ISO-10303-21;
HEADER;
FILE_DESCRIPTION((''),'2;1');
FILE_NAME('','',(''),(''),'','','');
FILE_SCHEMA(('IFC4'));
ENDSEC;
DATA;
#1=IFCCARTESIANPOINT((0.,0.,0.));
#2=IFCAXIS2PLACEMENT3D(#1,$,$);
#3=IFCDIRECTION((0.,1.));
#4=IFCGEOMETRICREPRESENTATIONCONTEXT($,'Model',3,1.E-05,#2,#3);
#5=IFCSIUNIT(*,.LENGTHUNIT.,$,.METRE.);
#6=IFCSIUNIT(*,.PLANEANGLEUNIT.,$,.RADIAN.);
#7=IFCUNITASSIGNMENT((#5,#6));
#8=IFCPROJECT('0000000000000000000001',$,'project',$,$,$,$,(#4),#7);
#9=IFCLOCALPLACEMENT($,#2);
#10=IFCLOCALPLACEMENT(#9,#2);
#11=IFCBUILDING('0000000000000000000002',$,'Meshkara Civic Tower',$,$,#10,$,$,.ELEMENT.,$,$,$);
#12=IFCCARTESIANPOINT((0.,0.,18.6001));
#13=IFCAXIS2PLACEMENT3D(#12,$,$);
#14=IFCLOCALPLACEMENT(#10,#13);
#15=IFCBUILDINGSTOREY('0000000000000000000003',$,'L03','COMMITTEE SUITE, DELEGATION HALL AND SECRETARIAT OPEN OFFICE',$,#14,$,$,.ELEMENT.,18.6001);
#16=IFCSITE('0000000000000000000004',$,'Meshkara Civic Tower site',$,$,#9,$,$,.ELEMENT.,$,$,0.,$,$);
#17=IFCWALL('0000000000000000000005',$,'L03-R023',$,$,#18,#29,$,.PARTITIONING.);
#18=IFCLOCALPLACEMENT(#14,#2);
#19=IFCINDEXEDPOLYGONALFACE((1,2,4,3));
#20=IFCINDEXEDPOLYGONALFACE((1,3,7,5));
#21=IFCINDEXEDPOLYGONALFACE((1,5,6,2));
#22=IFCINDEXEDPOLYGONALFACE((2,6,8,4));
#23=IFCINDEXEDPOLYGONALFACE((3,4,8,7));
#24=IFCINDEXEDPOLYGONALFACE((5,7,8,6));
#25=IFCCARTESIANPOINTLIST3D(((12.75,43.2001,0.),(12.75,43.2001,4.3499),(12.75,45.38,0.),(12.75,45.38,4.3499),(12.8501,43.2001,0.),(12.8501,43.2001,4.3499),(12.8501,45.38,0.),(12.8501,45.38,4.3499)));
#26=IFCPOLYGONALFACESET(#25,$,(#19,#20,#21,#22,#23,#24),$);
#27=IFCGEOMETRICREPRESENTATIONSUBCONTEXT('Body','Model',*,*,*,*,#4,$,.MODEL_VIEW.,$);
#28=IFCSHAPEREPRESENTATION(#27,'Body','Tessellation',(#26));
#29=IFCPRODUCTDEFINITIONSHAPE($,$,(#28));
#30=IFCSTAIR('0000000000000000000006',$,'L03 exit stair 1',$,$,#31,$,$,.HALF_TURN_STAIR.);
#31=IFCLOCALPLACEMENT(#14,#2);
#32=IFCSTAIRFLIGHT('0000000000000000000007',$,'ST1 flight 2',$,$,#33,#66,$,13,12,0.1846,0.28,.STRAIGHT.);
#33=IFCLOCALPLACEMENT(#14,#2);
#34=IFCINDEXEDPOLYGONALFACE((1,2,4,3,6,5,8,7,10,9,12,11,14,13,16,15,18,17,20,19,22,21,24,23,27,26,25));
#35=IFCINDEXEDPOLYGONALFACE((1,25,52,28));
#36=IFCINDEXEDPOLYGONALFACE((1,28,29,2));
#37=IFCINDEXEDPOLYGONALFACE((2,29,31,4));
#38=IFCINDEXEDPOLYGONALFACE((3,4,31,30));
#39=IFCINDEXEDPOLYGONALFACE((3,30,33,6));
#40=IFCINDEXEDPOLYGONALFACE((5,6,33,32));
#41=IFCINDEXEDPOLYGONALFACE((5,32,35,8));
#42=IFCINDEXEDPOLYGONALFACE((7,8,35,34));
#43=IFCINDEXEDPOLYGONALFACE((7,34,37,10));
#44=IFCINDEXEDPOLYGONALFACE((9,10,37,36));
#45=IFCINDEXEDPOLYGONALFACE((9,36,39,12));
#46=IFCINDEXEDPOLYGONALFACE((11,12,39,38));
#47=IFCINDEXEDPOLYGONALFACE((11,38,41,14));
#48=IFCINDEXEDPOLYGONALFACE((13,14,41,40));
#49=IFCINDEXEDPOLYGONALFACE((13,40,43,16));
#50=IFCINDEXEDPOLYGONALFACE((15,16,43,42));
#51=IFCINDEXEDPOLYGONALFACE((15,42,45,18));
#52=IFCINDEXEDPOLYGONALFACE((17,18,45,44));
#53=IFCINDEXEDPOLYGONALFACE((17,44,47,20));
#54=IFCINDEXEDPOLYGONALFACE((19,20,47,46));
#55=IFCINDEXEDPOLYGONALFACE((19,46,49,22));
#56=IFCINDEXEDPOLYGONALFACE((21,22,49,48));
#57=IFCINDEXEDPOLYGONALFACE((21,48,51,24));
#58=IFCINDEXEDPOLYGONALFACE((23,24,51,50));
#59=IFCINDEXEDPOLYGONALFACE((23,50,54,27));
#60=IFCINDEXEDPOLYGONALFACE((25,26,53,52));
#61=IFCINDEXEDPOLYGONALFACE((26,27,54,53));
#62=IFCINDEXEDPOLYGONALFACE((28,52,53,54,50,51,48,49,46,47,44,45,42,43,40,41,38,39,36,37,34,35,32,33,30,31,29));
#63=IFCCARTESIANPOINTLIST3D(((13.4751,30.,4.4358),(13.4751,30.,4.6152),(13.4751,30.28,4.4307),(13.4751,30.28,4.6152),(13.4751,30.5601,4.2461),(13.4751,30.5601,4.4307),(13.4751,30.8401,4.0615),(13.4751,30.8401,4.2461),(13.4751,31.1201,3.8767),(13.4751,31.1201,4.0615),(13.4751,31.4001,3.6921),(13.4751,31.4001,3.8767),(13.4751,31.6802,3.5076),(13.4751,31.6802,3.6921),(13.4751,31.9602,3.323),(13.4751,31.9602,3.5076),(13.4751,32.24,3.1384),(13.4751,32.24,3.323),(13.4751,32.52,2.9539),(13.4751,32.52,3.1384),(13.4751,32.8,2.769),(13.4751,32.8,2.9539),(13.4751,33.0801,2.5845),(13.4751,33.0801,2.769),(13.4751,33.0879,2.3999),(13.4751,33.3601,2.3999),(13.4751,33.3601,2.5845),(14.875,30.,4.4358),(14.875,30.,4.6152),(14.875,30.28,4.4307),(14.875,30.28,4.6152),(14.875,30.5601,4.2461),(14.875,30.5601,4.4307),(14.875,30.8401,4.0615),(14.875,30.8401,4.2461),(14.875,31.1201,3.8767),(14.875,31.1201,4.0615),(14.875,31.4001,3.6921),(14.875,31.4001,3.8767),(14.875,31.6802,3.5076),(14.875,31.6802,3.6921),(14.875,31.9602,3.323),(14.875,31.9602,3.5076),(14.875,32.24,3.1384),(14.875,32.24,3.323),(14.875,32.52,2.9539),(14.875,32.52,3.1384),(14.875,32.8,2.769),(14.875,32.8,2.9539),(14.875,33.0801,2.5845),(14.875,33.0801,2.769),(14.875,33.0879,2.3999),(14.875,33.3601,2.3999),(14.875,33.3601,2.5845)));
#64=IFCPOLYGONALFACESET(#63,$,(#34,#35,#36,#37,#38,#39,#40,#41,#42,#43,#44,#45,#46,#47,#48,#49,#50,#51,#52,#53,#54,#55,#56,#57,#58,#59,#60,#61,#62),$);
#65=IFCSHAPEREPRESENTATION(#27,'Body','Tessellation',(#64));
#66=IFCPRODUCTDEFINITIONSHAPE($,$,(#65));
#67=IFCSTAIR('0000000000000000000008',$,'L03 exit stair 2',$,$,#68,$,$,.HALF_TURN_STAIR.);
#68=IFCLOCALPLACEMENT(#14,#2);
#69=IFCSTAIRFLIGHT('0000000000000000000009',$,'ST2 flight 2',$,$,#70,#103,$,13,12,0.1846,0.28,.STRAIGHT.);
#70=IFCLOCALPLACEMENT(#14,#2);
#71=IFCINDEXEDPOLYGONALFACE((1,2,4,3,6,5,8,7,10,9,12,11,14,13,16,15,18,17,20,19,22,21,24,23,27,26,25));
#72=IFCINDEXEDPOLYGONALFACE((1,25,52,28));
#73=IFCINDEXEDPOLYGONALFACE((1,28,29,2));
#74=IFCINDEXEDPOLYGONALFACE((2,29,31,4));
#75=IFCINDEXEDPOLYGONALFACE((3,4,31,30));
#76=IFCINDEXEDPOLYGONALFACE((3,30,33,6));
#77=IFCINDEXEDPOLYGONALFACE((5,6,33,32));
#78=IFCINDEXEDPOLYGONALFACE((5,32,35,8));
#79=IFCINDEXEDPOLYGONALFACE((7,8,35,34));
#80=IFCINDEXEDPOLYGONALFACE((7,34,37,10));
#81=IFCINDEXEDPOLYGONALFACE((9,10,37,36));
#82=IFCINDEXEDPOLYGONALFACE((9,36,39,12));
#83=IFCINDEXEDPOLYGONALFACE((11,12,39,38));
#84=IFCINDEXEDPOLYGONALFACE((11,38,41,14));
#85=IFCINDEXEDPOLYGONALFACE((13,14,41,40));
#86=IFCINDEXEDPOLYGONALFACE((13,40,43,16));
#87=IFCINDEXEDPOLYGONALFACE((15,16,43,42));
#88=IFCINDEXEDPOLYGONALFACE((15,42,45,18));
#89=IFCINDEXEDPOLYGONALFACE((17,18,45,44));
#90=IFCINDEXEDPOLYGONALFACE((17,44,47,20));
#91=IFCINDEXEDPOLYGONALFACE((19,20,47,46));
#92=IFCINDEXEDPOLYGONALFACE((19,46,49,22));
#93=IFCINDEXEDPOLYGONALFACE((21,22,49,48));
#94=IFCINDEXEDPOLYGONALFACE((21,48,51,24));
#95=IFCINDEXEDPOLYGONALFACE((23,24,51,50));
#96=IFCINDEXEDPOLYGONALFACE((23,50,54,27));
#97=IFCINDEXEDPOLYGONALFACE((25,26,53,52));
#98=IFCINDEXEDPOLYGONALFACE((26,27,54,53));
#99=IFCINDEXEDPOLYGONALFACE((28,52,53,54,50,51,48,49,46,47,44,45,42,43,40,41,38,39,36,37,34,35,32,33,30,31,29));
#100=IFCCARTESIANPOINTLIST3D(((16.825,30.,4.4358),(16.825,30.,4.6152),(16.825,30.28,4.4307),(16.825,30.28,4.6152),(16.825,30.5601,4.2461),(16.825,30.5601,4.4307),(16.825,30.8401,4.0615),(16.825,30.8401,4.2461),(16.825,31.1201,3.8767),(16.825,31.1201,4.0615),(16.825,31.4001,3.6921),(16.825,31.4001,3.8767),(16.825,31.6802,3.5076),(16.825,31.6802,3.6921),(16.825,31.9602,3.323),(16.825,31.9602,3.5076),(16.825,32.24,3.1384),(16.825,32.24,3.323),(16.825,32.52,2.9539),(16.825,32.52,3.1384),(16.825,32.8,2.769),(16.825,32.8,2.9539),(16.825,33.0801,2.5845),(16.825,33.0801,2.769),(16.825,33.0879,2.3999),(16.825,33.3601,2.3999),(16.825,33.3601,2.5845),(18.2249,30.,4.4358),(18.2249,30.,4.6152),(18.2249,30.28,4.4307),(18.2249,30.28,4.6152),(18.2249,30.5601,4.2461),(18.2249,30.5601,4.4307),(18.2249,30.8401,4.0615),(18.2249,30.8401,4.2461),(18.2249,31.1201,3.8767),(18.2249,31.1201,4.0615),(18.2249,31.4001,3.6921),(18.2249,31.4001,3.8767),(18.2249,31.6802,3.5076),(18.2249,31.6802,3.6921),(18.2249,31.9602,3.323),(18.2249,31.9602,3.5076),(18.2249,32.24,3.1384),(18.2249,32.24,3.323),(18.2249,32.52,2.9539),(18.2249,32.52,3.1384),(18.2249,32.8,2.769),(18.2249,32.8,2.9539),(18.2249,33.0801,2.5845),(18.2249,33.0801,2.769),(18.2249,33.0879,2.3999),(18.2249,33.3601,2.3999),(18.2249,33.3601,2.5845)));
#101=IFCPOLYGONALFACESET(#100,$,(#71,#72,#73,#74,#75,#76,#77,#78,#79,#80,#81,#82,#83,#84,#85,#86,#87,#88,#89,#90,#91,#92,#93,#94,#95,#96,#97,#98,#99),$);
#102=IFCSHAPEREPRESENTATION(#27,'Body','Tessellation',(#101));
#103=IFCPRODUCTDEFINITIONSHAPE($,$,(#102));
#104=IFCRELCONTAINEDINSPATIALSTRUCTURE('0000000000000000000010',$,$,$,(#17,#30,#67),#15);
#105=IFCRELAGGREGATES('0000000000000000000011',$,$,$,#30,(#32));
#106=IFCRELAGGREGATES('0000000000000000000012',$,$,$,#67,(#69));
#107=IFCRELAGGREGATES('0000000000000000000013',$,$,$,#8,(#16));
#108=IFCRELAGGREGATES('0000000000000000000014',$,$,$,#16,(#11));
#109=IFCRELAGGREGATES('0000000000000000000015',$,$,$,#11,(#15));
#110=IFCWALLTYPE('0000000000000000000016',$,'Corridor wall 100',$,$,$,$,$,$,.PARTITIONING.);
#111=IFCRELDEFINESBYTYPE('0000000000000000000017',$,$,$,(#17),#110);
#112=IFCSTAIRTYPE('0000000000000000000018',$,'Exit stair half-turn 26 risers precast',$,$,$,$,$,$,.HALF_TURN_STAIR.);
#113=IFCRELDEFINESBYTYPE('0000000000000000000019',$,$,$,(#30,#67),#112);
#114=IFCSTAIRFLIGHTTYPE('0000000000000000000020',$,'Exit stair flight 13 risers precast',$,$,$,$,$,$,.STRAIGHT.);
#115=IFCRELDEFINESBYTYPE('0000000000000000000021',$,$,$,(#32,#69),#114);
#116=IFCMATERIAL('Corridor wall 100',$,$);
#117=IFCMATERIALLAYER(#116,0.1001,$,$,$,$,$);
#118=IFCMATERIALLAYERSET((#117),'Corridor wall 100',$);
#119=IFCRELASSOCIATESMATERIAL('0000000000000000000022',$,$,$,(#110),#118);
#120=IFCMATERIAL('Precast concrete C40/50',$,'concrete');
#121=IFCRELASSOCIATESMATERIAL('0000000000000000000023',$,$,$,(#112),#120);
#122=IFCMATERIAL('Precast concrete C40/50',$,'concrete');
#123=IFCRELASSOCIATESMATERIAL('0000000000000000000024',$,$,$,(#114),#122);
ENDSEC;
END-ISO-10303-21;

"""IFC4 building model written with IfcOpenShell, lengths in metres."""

from ifc_helpers import new_model, si_unit, direction, frame, frame_2d, origin, place, context, subcontext, project, spatial, polyline, rectangle, outline, extrude, material, layer, layer_set, type_object, element, aggregate, save


model = new_model("IFC4")

# Units and contexts
model_context = context("Model", 3, precision=1e-05, world=origin(), true_north=direction((0.0, 1.0)))
body_context = subcontext(model_context, "Body", "Model", "MODEL_VIEW")
ifc_project = project(units=[si_unit("LENGTHUNIT", "METRE"), si_unit("PLANEANGLEUNIT", "RADIAN")], contexts=[model_context])

# Site, building, storey
site_placement = place(None, origin())
site = spatial("IfcSite", under=ifc_project, at=site_placement, Name="Meshkara Civic Tower site", CompositionType="ELEMENT", RefElevation=0.0)
building_placement = place(site_placement, origin())
building = spatial("IfcBuilding", under=site, at=building_placement, Name="Meshkara Civic Tower", CompositionType="ELEMENT")
storey_placement = place(building_placement, frame((0.0, 0.0, 18.6001)))
storey = spatial("IfcBuildingStorey", under=building, at=storey_placement, Name="L03", Description="COMMITTEE SUITE, DELEGATION HALL AND SECRETARIAT OPEN OFFICE", CompositionType="ELEMENT", Elevation=18.6001)

# Shared definitions
ifc_material_1 = material(Name="Corridor wall 100")
ifc_layer_1 = layer(ifc_material_1, 0.1001)
ifc_layer_set_1 = layer_set([ifc_layer_1], Name="Corridor wall 100")
wall_type_1 = type_object("IfcWallType", Name="Corridor wall 100", PredefinedType="PARTITIONING", material=ifc_layer_set_1)

# Wall
wall_1_placement = place(storey_placement, frame((12.8, 45.3799, 0.0), z_axis=(0.0, 0.0, 1.0), x_axis=(0.0, -1.0, 0.0)))
element("IfcWall", 1, at=wall_1_placement, inside=storey, type_object=wall_type_1, Name="L03-R023", PredefinedType="PARTITIONING", context=body_context, shape_type="SweptSolid", body=[
    extrude(rectangle(XDim=2.1799, YDim=0.1001, at=frame_2d((1.0898, 0.0))), origin(), (0.0, 0.0, 1.0), 4.3499),
])

# Stairs, stair flights
ifc_material_2 = material(Name="Precast concrete C40/50", Category="concrete")
stair_type = type_object("IfcStairType", Name="Exit stair half-turn 26 risers precast", PredefinedType="HALF_TURN_STAIR", material=ifc_material_2)
stair_1_placement = place(storey_placement, origin())
stair_1 = element("IfcStair", 2, at=stair_1_placement, inside=storey, type_object=stair_type, Name="L03 exit stair 1", PredefinedType="HALF_TURN_STAIR")
ifc_material_3 = material(Name="Precast concrete C40/50", Category="concrete")
stair_flight_type = type_object("IfcStairFlightType", Name="Exit stair flight 13 risers precast", PredefinedType="STRAIGHT", material=ifc_material_3)
stair_flight_1_placement = place(storey_placement, frame((14.175, 33.3601, 2.3999), z_axis=(0.0, 0.0, 1.0), x_axis=(0.0, -1.0, 0.0)))
stair_flight_1 = element("IfcStairFlight", 3, at=stair_flight_1_placement, type_object=stair_flight_type, Name="ST1 flight 2", NumberOfRisers=13, NumberOfTreads=12, PredefinedType="STRAIGHT", RiserHeight=0.1846, TreadLength=0.28, context=body_context, shape_type="SweptSolid", body=[
    extrude(outline(polyline([(0.0, 0.0), (0.0, 0.1846), (0.28, 0.1846), (0.28, 0.3691), (0.5601, 0.3691), (0.5601, 0.554), (0.8401, 0.554), (0.8401, 0.7385), (1.1201, 0.7385), (1.1201, 0.9231), (1.3999, 0.9231), (1.3999, 1.1077), (1.6799, 1.1077), (1.6799, 1.2922), (1.96, 1.2922), (1.96, 1.4768), (2.24, 1.4768), (2.24, 1.6616), (2.52, 1.6616), (2.52, 1.8462), (2.8, 1.8462), (2.8, 2.0308), (3.0801, 2.0308), (3.0801, 2.2153), (3.3601, 2.2153), (3.3601, 2.3999), (3.3601, 2.0359), (0.2722, 0.0), (0.0, 0.0)])), frame((0.0, 0.7, 0.0), z_axis=(0.0, -1.0, 0.0), x_axis=(1.0, 0.0, 0.0)), (0.0, 0.0, 1.0), 1.3999),
])
aggregate(stair_1, [stair_flight_1])
stair_2_placement = place(storey_placement, origin())
stair_2 = element("IfcStair", 4, at=stair_2_placement, inside=storey, type_object=stair_type, Name="L03 exit stair 2", PredefinedType="HALF_TURN_STAIR")
stair_flight_2_placement = place(storey_placement, frame((17.5249, 33.3601, 2.3999), z_axis=(0.0, 0.0, 1.0), x_axis=(0.0, -1.0, 0.0)))
stair_flight_2 = element("IfcStairFlight", 5, at=stair_flight_2_placement, type_object=stair_flight_type, Name="ST2 flight 2", NumberOfRisers=13, NumberOfTreads=12, PredefinedType="STRAIGHT", RiserHeight=0.1846, TreadLength=0.28, context=body_context, shape_type="SweptSolid", body=[
    extrude(outline(polyline([(0.0, 0.0), (0.0, 0.1846), (0.28, 0.1846), (0.28, 0.3691), (0.5601, 0.3691), (0.5601, 0.554), (0.8401, 0.554), (0.8401, 0.7385), (1.1201, 0.7385), (1.1201, 0.9231), (1.3999, 0.9231), (1.3999, 1.1077), (1.6799, 1.1077), (1.6799, 1.2922), (1.96, 1.2922), (1.96, 1.4768), (2.24, 1.4768), (2.24, 1.6616), (2.52, 1.6616), (2.52, 1.8462), (2.8, 1.8462), (2.8, 2.0308), (3.0801, 2.0308), (3.0801, 2.2153), (3.3601, 2.2153), (3.3601, 2.3999), (3.3601, 2.0359), (0.2722, 0.0), (0.0, 0.0)])), frame((0.0, 0.7, 0.0), z_axis=(0.0, -1.0, 0.0), x_axis=(1.0, 0.0, 0.0)), (0.0, 0.0, 1.0), 1.3999),
])
aggregate(stair_2, [stair_flight_2])

save(model, "model.ifc")
